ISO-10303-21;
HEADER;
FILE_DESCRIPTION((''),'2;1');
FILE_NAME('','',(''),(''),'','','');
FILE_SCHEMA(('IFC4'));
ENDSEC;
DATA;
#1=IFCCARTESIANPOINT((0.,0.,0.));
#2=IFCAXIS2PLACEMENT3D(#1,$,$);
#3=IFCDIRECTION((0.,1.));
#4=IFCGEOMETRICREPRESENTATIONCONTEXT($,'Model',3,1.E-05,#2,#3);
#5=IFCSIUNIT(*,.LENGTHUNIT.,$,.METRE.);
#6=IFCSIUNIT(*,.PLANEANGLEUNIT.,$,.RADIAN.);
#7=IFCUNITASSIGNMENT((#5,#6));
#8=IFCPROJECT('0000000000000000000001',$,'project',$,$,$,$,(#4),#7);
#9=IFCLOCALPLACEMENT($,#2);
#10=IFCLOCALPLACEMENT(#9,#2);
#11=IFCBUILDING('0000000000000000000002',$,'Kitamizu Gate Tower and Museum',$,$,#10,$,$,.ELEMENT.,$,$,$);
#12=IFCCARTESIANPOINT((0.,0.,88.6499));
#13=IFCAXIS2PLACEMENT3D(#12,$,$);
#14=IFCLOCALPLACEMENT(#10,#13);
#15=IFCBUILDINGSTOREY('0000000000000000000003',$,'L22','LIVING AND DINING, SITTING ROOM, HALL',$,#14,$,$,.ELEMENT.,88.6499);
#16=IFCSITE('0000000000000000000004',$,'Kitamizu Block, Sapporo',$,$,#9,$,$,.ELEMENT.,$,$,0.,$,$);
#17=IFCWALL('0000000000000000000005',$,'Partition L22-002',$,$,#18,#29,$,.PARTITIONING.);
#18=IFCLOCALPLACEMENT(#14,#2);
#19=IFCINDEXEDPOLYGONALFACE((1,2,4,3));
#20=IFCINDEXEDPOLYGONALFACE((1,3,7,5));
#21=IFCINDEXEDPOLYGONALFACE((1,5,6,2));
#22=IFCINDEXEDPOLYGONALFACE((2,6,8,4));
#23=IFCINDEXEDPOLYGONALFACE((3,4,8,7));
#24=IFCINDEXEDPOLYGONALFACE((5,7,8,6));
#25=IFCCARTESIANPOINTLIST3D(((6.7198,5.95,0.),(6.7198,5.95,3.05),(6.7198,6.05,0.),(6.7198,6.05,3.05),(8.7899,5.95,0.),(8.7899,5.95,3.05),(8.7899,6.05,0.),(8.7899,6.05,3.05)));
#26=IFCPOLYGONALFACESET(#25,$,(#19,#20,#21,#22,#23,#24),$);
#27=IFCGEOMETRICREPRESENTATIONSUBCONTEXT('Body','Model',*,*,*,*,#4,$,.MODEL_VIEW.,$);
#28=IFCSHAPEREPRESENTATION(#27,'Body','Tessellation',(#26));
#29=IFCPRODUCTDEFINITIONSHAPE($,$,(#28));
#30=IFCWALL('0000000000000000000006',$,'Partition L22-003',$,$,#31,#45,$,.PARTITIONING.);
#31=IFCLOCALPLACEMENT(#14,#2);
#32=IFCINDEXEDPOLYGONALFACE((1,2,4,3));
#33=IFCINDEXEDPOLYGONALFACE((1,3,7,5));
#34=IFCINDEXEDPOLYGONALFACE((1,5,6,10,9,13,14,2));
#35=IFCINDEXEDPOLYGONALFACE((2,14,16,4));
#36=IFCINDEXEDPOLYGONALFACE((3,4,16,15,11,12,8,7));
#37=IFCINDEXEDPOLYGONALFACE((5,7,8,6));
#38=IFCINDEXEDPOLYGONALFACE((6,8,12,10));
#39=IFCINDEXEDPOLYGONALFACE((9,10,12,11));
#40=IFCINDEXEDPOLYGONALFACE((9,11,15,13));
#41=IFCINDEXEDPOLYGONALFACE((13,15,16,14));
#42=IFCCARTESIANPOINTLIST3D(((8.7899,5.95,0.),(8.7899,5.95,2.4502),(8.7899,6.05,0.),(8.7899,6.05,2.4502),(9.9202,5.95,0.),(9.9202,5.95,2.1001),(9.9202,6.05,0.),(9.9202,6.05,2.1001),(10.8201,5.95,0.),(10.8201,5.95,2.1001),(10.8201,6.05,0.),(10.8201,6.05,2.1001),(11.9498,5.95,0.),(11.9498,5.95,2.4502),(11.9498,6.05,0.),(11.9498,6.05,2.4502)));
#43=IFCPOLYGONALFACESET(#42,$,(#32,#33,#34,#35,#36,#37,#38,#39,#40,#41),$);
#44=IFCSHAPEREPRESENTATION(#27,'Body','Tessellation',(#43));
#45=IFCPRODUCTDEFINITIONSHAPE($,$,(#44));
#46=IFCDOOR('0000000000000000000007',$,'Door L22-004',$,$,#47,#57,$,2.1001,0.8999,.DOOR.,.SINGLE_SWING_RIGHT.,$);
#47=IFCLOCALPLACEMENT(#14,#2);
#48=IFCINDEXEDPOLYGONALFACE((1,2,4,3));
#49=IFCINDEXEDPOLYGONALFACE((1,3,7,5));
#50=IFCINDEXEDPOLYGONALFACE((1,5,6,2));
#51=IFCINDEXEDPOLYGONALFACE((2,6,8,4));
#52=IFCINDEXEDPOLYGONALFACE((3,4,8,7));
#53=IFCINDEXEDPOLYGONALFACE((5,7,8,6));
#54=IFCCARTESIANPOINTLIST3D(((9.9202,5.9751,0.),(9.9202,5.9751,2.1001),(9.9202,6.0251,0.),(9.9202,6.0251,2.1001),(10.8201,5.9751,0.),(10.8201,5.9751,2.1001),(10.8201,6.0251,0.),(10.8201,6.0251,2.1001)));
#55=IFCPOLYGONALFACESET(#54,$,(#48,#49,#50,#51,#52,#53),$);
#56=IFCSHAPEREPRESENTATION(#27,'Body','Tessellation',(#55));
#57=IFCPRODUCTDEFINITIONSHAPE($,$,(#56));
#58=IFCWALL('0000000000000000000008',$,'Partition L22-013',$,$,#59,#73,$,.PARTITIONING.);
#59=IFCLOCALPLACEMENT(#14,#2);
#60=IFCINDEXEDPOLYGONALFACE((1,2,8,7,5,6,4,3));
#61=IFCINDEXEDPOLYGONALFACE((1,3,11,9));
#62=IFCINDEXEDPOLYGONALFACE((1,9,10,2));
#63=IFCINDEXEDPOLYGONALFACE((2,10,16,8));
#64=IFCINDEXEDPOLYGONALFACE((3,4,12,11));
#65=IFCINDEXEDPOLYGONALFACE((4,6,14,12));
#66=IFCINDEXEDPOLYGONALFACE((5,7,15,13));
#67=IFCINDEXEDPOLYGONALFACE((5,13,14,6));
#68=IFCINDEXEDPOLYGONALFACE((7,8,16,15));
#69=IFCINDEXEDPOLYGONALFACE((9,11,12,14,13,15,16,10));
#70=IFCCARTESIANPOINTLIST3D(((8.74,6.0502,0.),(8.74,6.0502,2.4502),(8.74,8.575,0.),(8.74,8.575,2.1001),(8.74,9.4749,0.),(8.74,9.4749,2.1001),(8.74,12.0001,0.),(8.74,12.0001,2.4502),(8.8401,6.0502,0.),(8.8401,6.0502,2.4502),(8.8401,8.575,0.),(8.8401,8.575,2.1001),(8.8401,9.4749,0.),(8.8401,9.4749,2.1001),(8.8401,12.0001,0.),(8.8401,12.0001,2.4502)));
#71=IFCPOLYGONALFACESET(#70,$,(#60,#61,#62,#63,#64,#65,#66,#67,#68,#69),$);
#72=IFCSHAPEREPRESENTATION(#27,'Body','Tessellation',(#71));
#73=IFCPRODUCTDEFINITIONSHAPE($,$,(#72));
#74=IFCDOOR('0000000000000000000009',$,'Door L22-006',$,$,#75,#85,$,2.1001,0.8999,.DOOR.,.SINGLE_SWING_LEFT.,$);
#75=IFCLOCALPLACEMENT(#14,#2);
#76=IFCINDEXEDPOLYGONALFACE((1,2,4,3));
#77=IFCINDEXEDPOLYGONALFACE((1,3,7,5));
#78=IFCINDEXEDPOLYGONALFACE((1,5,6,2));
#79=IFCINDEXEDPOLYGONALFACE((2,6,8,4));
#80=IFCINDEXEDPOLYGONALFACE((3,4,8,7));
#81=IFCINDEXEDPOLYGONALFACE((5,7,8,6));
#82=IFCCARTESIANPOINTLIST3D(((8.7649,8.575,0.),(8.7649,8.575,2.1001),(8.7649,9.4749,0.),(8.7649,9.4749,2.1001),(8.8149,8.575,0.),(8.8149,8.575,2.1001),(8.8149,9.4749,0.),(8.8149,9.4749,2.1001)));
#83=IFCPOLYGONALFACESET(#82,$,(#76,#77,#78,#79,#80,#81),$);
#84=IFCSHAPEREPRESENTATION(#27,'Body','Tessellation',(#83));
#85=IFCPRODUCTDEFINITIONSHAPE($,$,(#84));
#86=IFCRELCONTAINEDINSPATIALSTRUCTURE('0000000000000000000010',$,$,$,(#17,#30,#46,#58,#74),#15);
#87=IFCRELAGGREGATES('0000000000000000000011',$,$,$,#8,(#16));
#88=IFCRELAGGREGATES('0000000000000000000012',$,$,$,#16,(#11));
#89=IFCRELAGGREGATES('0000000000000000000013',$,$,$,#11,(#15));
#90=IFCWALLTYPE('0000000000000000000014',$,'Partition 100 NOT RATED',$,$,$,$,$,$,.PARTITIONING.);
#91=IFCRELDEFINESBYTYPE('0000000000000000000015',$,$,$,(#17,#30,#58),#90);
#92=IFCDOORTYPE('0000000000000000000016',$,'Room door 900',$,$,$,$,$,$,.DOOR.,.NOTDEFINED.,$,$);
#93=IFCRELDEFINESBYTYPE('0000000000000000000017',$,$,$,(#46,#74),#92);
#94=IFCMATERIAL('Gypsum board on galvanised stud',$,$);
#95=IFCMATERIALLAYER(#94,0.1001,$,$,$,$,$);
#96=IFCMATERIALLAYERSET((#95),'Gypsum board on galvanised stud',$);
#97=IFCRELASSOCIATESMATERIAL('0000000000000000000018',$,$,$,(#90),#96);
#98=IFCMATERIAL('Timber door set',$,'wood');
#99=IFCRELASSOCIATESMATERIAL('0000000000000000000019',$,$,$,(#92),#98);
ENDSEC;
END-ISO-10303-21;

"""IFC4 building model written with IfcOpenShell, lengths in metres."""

from ifc_helpers import new_model, si_unit, direction, frame, frame_2d, origin, place, context, subcontext, project, spatial, rectangle, extrude, material, layer, layer_set, type_object, element, fill, save


model = new_model("IFC4")

# Units and contexts
model_context = context("Model", 3, precision=1e-05, world=origin(), true_north=direction((0.0, 1.0)))
body_context = subcontext(model_context, "Body", "Model", "MODEL_VIEW")
ifc_project = project(units=[si_unit("LENGTHUNIT", "METRE"), si_unit("PLANEANGLEUNIT", "RADIAN")], contexts=[model_context])

# Site, building, storey
site_placement = place(None, origin())
site = spatial("IfcSite", under=ifc_project, at=site_placement, Name="Kitamizu Block, Sapporo", CompositionType="ELEMENT", RefElevation=0.0)
building_placement = place(site_placement, origin())
building = spatial("IfcBuilding", under=site, at=building_placement, Name="Kitamizu Gate Tower and Museum", CompositionType="ELEMENT")
storey_placement = place(building_placement, frame((0.0, 0.0, 88.6499)))
storey = spatial("IfcBuildingStorey", under=building, at=storey_placement, Name="L22", Description="LIVING AND DINING, SITTING ROOM, HALL", CompositionType="ELEMENT", Elevation=88.6499)

# Wall
ifc_material_1 = material(Name="Gypsum board on galvanised stud")
ifc_layer = layer(ifc_material_1, 0.1001)
ifc_layer_set = layer_set([ifc_layer], Name="Gypsum board on galvanised stud")
wall_type = type_object("IfcWallType", Name="Partition 100 NOT RATED", PredefinedType="PARTITIONING", material=ifc_layer_set)
wall_1_placement = place(storey_placement, frame((8.79, 6.0, 0.0), z_axis=(0.0, 0.0, 1.0), x_axis=(-1.0, 0.0, 0.0)))
element("IfcWall", 1, at=wall_1_placement, inside=storey, type_object=wall_type, Name="Partition L22-002", PredefinedType="PARTITIONING", context=body_context, shape_type="SweptSolid", body=[
    extrude(rectangle(XDim=2.0701, YDim=0.1001, at=frame_2d((1.0352, 0.0))), origin(), (0.0, 0.0, 1.0), 3.05),
])

# Walls, openings, doors
wall_2_placement = place(storey_placement, frame((11.95, 6.0, 0.0), z_axis=(0.0, 0.0, 1.0), x_axis=(-1.0, 0.0, 0.0)))
wall_2 = element("IfcWall", 2, at=wall_2_placement, inside=storey, type_object=wall_type, Name="Partition L22-003", PredefinedType="PARTITIONING", context=body_context, shape_type="SweptSolid", body=[
    extrude(rectangle(XDim=3.1599, YDim=0.1001, at=frame_2d((1.5801, 0.0))), origin(), (0.0, 0.0, 1.0), 2.4502),
])
opening_1_placement = place(wall_2_placement, frame((1.1299, 0.0, 0.0)))
opening_1 = element("IfcOpeningElement", 3, at=opening_1_placement, cuts=wall_2, PredefinedType="OPENING", context=body_context, shape_type="SweptSolid", body=[
    extrude(rectangle(XDim=0.8999, YDim=2.1001, at=frame_2d((0.45, 1.05))), frame((0.0, 0.0601, 0.0), z_axis=(0.0, -1.0, 0.0), x_axis=(1.0, 0.0, 0.0)), (0.0, 0.0, 1.0), 0.1201),
])
ifc_material_2 = material(Name="Timber door set", Category="wood")
door_type = type_object("IfcDoorType", Name="Room door 900", OperationType="NOTDEFINED", PredefinedType="DOOR", material=ifc_material_2)
door_1_placement = place(opening_1_placement, origin())
door_1 = element("IfcDoor", 4, at=door_1_placement, inside=storey, type_object=door_type, Name="Door L22-004", OperationType="SINGLE_SWING_RIGHT", OverallHeight=2.1001, OverallWidth=0.8999, PredefinedType="DOOR", context=body_context, shape_type="SweptSolid", body=[
    extrude(rectangle(XDim=0.8999, YDim=2.1001, at=frame_2d((0.45, 1.05))), frame((0.0, 0.0249, 0.0), z_axis=(0.0, -1.0, 0.0), x_axis=(1.0, 0.0, 0.0)), (0.0, 0.0, 1.0), 0.05),
])
fill(opening_1, door_1)
wall_3_placement = place(storey_placement, frame((8.79, 6.05, 0.0), z_axis=(0.0, 0.0, 1.0), x_axis=(0.0, 1.0, 0.0)))
wall_3 = element("IfcWall", 5, at=wall_3_placement, inside=storey, type_object=wall_type, Name="Partition L22-013", PredefinedType="PARTITIONING", context=body_context, shape_type="SweptSolid", body=[
    extrude(rectangle(XDim=5.95, YDim=0.1001, at=frame_2d((2.9751, 0.0))), origin(), (0.0, 0.0, 1.0), 2.4502),
])
opening_2_placement = place(wall_3_placement, frame((2.5249, 0.0, 0.0)))
opening_2 = element("IfcOpeningElement", 6, at=opening_2_placement, cuts=wall_3, PredefinedType="OPENING", context=body_context, shape_type="SweptSolid", body=[
    extrude(rectangle(XDim=0.8999, YDim=2.1001, at=frame_2d((0.45, 1.05))), frame((0.0, 0.0601, 0.0), z_axis=(0.0, -1.0, 0.0), x_axis=(1.0, 0.0, 0.0)), (0.0, 0.0, 1.0), 0.1201),
])
door_2_placement = place(opening_2_placement, frame((0.8999, 0.0, 0.0), x_axis=(-1.0, 0.0, 0.0)))
door_2 = element("IfcDoor", 7, at=door_2_placement, inside=storey, type_object=door_type, Name="Door L22-006", OperationType="SINGLE_SWING_LEFT", OverallHeight=2.1001, OverallWidth=0.8999, PredefinedType="DOOR", context=body_context, shape_type="SweptSolid", body=[
    extrude(rectangle(XDim=0.8999, YDim=2.1001, at=frame_2d((0.45, 1.05))), frame((0.0, 0.0249, 0.0), z_axis=(0.0, -1.0, 0.0), x_axis=(1.0, 0.0, 0.0)), (0.0, 0.0, 1.0), 0.05),
])
fill(opening_2, door_2)

save(model, "model.ifc")
